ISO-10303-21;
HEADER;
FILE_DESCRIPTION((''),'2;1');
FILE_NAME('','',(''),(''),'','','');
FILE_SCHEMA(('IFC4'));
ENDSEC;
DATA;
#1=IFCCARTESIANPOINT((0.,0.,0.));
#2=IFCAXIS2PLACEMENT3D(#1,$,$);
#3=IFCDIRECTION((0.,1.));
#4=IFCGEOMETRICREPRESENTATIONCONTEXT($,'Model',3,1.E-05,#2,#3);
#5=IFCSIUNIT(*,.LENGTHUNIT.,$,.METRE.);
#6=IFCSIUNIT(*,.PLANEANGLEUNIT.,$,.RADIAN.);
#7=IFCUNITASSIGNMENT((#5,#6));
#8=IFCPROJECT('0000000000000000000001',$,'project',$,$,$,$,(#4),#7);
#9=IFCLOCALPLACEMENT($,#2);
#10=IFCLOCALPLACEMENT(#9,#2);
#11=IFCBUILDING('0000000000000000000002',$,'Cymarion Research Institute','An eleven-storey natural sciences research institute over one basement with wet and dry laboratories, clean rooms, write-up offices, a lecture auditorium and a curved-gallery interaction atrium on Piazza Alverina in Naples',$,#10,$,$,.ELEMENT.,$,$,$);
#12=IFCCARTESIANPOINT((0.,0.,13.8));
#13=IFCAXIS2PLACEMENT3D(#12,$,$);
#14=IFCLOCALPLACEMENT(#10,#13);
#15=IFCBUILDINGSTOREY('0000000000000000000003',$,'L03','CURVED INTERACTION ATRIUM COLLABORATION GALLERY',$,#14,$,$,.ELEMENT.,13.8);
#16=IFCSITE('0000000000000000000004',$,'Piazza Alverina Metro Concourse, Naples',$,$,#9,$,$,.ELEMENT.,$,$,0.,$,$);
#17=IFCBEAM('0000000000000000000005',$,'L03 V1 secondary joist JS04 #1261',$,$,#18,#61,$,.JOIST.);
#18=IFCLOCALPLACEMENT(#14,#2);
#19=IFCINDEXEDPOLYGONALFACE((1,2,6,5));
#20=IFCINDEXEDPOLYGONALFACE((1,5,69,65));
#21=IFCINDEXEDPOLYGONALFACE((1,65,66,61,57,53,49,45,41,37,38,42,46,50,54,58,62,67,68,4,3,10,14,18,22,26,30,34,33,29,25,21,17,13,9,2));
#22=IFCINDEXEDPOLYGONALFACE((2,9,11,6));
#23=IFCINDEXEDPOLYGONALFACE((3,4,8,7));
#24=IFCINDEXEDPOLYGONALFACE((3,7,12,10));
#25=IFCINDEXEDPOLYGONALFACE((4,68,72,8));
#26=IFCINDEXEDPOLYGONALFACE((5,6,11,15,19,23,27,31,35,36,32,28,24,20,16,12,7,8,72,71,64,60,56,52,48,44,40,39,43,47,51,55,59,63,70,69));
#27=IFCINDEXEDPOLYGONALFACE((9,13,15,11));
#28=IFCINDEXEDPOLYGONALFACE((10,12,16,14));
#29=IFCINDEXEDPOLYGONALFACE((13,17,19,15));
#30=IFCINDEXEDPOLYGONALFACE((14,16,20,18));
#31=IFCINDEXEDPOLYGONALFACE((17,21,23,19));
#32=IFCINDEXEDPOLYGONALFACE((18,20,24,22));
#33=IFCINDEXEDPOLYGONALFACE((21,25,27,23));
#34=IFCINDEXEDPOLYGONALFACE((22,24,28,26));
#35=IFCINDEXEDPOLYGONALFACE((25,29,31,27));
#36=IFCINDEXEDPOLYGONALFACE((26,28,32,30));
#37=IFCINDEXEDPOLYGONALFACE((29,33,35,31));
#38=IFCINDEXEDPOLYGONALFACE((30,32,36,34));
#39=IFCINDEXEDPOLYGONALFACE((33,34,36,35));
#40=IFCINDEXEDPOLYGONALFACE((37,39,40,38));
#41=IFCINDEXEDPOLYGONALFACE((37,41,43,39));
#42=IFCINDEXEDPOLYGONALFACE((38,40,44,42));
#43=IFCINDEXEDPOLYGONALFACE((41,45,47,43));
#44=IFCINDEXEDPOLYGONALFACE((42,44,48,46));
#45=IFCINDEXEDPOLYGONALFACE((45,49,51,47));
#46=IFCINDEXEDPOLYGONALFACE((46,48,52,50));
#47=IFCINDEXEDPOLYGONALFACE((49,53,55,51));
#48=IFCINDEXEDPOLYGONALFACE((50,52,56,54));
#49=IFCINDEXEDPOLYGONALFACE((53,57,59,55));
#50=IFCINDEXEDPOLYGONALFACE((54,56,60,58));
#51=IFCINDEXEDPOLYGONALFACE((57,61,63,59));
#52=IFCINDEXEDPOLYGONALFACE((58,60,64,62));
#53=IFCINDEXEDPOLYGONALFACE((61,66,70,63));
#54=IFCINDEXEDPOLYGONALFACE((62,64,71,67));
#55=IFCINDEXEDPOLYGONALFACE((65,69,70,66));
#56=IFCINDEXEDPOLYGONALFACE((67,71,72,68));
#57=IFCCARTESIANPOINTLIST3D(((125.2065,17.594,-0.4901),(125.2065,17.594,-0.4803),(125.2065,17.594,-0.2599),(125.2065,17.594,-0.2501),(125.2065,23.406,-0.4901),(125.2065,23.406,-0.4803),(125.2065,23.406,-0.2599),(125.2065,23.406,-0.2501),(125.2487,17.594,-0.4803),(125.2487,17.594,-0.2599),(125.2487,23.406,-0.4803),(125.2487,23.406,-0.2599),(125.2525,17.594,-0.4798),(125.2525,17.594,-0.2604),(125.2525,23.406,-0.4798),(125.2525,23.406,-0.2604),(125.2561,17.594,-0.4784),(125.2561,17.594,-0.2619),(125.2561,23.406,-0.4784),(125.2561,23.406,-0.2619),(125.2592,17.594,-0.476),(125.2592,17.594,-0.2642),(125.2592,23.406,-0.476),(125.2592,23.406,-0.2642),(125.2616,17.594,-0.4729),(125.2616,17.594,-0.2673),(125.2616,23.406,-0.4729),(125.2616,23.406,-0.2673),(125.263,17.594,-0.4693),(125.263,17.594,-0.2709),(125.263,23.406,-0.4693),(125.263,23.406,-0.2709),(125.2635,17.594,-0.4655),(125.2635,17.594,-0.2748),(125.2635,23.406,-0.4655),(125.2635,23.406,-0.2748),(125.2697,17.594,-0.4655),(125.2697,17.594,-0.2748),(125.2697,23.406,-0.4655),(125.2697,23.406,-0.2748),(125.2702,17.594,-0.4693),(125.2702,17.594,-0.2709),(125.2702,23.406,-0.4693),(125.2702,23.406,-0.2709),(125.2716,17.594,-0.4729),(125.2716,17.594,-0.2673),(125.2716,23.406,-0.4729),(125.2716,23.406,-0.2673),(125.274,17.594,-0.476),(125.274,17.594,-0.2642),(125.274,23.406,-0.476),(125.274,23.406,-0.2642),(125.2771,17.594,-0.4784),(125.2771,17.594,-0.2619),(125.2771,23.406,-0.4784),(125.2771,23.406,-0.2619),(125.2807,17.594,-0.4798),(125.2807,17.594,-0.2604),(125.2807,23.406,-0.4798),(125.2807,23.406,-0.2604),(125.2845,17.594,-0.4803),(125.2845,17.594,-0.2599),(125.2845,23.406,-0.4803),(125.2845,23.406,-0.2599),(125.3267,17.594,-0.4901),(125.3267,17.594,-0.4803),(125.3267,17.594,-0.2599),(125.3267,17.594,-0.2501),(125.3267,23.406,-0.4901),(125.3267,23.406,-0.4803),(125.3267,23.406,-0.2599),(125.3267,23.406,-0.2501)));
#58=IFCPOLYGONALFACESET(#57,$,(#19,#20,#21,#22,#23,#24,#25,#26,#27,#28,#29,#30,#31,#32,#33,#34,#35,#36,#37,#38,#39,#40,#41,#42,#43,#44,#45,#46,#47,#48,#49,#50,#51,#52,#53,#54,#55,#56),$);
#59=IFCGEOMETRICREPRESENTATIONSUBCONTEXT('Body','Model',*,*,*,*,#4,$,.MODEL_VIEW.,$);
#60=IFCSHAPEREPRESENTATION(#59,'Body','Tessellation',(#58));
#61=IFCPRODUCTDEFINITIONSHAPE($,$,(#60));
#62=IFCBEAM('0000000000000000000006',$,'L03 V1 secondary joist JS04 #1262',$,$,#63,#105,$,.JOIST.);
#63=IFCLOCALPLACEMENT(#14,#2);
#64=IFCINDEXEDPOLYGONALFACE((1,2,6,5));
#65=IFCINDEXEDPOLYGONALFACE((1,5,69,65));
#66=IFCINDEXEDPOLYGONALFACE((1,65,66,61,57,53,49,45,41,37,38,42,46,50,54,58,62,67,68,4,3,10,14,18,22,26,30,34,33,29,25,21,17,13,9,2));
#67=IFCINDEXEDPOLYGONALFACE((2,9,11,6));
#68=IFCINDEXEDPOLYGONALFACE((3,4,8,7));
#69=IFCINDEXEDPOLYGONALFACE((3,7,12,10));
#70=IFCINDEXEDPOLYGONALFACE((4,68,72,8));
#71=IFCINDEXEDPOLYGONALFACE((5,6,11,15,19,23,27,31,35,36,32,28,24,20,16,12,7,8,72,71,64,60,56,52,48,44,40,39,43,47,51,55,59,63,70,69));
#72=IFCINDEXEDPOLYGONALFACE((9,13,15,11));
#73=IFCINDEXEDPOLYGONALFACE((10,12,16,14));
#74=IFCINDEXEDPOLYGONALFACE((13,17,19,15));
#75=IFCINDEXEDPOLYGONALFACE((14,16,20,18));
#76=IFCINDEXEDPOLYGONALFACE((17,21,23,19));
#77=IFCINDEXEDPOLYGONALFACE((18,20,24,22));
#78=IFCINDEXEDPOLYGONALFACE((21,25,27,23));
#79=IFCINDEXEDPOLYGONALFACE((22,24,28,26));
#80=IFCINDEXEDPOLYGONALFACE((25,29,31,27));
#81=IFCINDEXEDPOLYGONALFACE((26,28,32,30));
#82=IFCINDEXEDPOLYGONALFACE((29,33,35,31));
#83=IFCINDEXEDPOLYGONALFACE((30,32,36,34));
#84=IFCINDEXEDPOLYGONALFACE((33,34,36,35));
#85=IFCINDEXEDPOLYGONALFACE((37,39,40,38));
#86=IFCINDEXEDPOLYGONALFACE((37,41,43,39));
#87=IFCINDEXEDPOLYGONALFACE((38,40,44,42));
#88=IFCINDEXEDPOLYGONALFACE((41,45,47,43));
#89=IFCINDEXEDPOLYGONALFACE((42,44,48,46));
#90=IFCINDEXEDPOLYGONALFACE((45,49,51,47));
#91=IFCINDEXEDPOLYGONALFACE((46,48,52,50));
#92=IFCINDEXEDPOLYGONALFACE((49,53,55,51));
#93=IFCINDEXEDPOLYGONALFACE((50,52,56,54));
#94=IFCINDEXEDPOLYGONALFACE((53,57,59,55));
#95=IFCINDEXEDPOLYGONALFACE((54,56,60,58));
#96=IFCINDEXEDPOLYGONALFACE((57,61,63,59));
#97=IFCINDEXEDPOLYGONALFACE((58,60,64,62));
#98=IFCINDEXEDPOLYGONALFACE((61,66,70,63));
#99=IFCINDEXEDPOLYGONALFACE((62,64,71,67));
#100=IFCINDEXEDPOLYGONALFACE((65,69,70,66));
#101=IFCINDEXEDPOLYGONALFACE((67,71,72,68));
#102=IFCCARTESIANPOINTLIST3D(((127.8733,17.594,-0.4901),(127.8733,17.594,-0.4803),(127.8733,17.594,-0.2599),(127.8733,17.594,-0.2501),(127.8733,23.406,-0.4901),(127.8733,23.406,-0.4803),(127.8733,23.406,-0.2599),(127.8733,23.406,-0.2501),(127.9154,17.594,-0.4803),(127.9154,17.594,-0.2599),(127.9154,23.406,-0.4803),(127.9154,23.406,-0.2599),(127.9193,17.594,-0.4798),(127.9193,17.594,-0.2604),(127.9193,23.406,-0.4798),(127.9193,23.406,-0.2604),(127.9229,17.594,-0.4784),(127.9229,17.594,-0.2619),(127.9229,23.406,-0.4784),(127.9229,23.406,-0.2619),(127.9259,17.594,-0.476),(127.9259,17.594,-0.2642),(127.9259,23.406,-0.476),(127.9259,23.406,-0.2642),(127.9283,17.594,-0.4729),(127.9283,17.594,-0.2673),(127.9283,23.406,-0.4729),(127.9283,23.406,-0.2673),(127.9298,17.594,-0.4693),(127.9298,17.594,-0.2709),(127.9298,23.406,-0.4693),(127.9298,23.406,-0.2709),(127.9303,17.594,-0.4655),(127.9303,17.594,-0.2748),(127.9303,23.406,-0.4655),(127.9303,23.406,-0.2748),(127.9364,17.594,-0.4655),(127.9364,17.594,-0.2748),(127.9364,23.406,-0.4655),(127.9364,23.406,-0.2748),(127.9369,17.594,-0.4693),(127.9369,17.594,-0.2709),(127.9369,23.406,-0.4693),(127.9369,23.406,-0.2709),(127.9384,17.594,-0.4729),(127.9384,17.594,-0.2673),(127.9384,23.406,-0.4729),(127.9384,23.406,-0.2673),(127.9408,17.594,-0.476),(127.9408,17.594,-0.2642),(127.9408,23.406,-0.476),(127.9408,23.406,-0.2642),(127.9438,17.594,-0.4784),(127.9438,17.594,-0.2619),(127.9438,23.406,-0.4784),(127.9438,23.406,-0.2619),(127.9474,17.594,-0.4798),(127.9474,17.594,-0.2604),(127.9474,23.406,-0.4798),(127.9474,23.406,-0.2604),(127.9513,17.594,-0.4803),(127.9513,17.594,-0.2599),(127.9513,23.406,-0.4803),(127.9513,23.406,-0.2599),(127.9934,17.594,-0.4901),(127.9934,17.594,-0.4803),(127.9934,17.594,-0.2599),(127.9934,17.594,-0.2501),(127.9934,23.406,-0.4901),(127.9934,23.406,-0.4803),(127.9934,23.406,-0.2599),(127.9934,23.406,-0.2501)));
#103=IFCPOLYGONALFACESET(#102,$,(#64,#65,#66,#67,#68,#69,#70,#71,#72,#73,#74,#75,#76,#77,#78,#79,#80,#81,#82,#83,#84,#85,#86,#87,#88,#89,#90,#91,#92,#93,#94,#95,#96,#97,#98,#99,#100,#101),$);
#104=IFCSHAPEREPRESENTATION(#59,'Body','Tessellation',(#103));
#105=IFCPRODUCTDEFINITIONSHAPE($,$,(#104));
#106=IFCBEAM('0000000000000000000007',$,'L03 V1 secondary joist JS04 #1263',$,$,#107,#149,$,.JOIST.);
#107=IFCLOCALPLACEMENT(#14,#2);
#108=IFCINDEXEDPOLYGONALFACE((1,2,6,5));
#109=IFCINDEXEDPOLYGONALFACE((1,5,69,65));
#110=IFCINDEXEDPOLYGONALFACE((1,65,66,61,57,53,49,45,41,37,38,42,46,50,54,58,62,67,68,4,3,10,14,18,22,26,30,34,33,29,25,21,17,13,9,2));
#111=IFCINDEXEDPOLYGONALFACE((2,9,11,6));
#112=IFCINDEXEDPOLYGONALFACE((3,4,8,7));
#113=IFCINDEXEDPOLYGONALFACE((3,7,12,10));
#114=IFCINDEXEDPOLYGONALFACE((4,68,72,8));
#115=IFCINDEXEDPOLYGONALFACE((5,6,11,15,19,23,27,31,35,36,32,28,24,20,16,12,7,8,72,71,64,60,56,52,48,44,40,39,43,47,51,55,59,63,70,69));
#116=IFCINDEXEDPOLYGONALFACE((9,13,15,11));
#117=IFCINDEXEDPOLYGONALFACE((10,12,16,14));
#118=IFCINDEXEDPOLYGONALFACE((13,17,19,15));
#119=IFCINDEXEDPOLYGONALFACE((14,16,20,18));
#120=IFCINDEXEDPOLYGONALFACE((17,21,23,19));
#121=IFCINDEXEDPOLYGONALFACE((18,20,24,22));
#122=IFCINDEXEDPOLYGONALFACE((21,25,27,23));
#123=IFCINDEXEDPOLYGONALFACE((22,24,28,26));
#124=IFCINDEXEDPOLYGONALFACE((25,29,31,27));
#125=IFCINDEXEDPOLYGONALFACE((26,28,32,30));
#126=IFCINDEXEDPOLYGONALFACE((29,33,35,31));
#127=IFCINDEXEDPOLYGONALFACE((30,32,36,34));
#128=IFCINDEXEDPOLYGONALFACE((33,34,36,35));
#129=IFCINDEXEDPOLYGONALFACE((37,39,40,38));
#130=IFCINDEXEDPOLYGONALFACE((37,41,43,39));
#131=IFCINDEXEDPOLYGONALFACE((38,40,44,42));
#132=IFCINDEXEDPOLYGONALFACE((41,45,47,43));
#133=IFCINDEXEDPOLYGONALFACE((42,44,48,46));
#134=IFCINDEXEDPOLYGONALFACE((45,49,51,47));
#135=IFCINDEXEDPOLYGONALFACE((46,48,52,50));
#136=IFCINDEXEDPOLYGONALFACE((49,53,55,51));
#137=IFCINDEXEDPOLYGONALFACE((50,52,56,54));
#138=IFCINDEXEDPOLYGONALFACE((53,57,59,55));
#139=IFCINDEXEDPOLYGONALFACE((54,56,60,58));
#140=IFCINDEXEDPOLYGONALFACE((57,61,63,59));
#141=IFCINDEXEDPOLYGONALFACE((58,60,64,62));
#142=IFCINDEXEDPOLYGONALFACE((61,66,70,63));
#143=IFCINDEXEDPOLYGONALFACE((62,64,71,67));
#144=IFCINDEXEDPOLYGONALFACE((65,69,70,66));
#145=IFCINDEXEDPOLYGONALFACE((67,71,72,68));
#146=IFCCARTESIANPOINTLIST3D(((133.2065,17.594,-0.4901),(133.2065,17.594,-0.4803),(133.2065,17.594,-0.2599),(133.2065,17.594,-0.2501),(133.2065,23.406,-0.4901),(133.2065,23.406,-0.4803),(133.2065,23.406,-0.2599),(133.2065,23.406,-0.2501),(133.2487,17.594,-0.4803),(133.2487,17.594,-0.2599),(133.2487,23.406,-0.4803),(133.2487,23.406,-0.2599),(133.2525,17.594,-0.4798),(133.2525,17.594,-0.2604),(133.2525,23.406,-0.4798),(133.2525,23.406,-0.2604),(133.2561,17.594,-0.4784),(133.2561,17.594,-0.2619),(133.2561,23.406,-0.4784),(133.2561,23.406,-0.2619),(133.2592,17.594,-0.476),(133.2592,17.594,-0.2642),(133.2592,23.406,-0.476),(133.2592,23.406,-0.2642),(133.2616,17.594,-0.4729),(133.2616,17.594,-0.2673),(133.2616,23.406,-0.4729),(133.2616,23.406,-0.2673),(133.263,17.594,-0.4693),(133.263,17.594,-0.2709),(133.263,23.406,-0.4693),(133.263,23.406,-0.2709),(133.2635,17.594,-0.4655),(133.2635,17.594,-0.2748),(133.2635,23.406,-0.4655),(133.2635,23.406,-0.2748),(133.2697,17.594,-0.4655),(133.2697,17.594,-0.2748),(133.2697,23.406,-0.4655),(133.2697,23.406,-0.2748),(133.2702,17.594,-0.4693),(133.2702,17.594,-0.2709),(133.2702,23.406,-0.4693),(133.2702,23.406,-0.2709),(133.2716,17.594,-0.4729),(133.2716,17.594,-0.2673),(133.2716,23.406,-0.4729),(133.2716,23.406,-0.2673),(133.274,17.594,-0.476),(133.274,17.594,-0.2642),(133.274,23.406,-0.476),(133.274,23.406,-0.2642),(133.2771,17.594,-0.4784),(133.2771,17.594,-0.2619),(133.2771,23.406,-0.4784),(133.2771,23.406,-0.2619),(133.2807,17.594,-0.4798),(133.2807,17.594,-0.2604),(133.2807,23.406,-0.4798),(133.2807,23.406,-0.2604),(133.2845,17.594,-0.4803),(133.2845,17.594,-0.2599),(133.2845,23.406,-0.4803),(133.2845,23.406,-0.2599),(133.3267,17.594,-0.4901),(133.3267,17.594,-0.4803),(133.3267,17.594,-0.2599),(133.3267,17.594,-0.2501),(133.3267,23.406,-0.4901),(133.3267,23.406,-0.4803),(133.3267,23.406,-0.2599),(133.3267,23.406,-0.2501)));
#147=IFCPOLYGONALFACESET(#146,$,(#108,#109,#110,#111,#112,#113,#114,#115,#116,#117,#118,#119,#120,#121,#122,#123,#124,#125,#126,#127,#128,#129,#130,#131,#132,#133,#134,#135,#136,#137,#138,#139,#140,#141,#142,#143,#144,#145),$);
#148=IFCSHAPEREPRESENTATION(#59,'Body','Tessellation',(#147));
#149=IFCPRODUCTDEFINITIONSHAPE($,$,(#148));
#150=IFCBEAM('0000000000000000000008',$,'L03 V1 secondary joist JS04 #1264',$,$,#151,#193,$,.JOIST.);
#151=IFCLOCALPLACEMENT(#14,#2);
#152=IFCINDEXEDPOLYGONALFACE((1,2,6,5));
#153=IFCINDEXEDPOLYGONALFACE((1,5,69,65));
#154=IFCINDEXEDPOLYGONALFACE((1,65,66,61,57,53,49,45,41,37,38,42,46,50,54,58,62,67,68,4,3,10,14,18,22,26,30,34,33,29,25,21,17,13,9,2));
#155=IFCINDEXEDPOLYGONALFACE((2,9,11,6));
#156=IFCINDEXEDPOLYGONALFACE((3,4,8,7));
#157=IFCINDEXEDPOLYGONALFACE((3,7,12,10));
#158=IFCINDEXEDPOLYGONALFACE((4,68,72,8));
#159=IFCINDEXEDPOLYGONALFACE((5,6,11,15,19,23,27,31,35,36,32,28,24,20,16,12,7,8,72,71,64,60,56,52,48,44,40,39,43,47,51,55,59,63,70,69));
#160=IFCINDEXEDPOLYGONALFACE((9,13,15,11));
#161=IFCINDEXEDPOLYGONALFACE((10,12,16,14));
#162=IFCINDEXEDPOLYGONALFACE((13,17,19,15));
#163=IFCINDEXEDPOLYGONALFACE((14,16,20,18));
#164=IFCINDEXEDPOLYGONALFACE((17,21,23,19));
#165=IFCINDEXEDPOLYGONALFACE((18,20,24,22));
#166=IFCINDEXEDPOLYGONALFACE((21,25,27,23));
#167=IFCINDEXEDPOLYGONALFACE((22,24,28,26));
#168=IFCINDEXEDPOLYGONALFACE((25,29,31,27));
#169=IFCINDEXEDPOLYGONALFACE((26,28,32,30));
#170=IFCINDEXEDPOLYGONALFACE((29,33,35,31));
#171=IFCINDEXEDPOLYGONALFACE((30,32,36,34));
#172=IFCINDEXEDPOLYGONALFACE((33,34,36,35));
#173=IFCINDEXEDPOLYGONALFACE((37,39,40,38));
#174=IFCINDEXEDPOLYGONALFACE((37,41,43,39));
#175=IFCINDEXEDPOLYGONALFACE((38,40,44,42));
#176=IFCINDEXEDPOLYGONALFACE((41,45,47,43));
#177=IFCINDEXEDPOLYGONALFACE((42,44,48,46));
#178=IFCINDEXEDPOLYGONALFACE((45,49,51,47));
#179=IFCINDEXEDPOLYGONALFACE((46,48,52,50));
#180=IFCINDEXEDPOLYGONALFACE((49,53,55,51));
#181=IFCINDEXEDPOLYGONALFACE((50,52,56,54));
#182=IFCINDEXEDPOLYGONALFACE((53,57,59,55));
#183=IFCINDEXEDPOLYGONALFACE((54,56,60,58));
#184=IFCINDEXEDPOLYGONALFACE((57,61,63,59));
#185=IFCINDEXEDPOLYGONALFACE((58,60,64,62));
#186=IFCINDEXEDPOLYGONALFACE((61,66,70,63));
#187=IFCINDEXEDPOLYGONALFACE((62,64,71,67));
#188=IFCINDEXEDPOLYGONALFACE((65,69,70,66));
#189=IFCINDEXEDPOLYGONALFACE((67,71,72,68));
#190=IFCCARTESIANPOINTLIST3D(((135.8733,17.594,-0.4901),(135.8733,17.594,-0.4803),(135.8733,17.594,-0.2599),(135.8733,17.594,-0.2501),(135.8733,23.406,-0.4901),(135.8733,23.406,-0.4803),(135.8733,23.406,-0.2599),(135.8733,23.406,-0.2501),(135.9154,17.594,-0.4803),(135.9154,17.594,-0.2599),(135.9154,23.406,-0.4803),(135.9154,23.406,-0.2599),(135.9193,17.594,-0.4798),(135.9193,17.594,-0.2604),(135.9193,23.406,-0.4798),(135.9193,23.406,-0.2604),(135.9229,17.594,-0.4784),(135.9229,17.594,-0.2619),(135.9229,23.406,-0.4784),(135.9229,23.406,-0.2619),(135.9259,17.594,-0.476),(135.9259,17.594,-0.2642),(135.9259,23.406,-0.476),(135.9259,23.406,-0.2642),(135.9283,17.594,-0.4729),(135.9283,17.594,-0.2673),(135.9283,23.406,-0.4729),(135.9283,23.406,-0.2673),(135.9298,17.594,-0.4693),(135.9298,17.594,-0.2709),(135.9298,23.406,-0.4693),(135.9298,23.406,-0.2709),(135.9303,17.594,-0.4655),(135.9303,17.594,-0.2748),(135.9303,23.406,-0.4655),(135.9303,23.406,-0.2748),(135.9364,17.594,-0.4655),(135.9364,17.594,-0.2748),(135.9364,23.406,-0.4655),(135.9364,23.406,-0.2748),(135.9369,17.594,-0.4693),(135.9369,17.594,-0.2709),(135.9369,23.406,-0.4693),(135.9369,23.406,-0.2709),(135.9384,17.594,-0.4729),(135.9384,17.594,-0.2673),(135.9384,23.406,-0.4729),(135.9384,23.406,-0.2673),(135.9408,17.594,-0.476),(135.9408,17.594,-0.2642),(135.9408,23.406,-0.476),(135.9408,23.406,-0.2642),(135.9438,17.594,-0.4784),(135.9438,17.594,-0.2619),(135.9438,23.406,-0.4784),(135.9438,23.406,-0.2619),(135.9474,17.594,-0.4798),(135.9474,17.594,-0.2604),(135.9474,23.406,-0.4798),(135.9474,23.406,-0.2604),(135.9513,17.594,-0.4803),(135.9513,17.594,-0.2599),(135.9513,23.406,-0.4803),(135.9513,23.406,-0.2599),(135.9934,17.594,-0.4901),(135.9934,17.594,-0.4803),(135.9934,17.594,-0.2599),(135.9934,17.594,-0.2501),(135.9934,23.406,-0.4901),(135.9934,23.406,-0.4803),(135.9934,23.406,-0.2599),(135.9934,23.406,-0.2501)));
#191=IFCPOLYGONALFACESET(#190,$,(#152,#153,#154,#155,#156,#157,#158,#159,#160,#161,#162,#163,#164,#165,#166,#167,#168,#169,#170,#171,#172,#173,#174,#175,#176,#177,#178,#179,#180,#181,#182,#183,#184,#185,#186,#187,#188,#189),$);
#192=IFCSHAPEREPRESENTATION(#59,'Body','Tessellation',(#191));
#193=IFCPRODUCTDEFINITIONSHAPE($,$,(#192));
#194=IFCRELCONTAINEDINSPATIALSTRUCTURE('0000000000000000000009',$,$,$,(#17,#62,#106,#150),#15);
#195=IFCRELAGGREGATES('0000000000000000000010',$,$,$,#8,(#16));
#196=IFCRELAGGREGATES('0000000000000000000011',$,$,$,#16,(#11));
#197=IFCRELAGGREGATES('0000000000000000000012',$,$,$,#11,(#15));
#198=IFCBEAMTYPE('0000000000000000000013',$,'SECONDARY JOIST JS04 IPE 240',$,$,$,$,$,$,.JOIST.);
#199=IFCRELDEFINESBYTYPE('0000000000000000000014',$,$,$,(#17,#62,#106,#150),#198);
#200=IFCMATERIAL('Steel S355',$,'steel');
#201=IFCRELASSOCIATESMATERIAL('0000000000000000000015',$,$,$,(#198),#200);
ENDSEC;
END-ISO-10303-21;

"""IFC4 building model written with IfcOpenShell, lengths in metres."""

from ifc_helpers import new_model, si_unit, direction, frame, origin, origin_2d, place, context, subcontext, project, spatial, i_section, extrude, material, material_profile, profile_set, type_object, element, save


model = new_model("IFC4")

# Units and contexts
model_context = context("Model", 3, precision=1e-05, world=origin(), true_north=direction((0.0, 1.0)))
body_context = subcontext(model_context, "Body", "Model", "MODEL_VIEW")
ifc_project = project(units=[si_unit("LENGTHUNIT", "METRE"), si_unit("PLANEANGLEUNIT", "RADIAN")], contexts=[model_context])

# Site, building, storey
site_placement = place(None, origin())
site = spatial("IfcSite", under=ifc_project, at=site_placement, Name="Piazza Alverina Metro Concourse, Naples", CompositionType="ELEMENT", RefElevation=0.0)
building_placement = place(site_placement, origin())
building = spatial("IfcBuilding", under=site, at=building_placement, Name="Cymarion Research Institute", Description="An eleven-storey natural sciences research institute over one basement with wet and dry laboratories, clean rooms, write-up offices, a lecture auditorium and a curved-gallery interaction atrium on Piazza Alverina in Naples", CompositionType="ELEMENT")
storey_placement = place(building_placement, frame((0.0, 0.0, 13.8)))
storey = spatial("IfcBuildingStorey", under=building, at=storey_placement, Name="L03", Description="CURVED INTERACTION ATRIUM COLLABORATION GALLERY", CompositionType="ELEMENT", Elevation=13.8)

# Shared definitions
ifc_material_1 = material(Name="Steel S355", Category="steel")

# Beams
ifc_material_profile_1 = material_profile(ifc_material_1, i_section(OverallWidth=0.1201, OverallDepth=0.24, WebThickness=0.0061, FlangeThickness=0.0098, FilletRadius=0.0149, at=origin_2d()), Name="IPE 240")
ifc_profile_set_1 = profile_set([ifc_material_profile_1], Name="Steel S355")
beam_type_1 = type_object("IfcBeamType", Name="SECONDARY JOIST JS04 IPE 240", PredefinedType="JOIST", material=ifc_profile_set_1)
for number, where, z_axis, x_axis, name in (
    (1, (125.2666, 17.594, -0.3701), (0.0, 1.0, 0.0), (-1.0, 0.0, 0.0), "L03 V1 secondary joist JS04 #1261"),
    (2, (127.9333, 17.594, -0.3701), (0.0, 1.0, 0.0), (-1.0, 0.0, 0.0), "L03 V1 secondary joist JS04 #1262"),
    (3, (133.2666, 17.594, -0.3701), (0.0, 1.0, 0.0), (-1.0, 0.0, 0.0), "L03 V1 secondary joist JS04 #1263"),
    (4, (135.9333, 17.594, -0.3701), (0.0, 1.0, 0.0), (-1.0, 0.0, 0.0), "L03 V1 secondary joist JS04 #1264"),
):
    element("IfcBeam", number, at=place(storey_placement, frame(where, z_axis=z_axis, x_axis=x_axis)), inside=storey, type_object=beam_type_1, Name=name, PredefinedType="JOIST", context=body_context, shape_type="SweptSolid", body=[
        extrude(i_section(OverallWidth=0.1201, OverallDepth=0.24, WebThickness=0.0061, FlangeThickness=0.0098, FilletRadius=0.0149, at=origin_2d()), origin(), (0.0, 0.0, 1.0), 5.812),
    ])

save(model, "model.ifc")
